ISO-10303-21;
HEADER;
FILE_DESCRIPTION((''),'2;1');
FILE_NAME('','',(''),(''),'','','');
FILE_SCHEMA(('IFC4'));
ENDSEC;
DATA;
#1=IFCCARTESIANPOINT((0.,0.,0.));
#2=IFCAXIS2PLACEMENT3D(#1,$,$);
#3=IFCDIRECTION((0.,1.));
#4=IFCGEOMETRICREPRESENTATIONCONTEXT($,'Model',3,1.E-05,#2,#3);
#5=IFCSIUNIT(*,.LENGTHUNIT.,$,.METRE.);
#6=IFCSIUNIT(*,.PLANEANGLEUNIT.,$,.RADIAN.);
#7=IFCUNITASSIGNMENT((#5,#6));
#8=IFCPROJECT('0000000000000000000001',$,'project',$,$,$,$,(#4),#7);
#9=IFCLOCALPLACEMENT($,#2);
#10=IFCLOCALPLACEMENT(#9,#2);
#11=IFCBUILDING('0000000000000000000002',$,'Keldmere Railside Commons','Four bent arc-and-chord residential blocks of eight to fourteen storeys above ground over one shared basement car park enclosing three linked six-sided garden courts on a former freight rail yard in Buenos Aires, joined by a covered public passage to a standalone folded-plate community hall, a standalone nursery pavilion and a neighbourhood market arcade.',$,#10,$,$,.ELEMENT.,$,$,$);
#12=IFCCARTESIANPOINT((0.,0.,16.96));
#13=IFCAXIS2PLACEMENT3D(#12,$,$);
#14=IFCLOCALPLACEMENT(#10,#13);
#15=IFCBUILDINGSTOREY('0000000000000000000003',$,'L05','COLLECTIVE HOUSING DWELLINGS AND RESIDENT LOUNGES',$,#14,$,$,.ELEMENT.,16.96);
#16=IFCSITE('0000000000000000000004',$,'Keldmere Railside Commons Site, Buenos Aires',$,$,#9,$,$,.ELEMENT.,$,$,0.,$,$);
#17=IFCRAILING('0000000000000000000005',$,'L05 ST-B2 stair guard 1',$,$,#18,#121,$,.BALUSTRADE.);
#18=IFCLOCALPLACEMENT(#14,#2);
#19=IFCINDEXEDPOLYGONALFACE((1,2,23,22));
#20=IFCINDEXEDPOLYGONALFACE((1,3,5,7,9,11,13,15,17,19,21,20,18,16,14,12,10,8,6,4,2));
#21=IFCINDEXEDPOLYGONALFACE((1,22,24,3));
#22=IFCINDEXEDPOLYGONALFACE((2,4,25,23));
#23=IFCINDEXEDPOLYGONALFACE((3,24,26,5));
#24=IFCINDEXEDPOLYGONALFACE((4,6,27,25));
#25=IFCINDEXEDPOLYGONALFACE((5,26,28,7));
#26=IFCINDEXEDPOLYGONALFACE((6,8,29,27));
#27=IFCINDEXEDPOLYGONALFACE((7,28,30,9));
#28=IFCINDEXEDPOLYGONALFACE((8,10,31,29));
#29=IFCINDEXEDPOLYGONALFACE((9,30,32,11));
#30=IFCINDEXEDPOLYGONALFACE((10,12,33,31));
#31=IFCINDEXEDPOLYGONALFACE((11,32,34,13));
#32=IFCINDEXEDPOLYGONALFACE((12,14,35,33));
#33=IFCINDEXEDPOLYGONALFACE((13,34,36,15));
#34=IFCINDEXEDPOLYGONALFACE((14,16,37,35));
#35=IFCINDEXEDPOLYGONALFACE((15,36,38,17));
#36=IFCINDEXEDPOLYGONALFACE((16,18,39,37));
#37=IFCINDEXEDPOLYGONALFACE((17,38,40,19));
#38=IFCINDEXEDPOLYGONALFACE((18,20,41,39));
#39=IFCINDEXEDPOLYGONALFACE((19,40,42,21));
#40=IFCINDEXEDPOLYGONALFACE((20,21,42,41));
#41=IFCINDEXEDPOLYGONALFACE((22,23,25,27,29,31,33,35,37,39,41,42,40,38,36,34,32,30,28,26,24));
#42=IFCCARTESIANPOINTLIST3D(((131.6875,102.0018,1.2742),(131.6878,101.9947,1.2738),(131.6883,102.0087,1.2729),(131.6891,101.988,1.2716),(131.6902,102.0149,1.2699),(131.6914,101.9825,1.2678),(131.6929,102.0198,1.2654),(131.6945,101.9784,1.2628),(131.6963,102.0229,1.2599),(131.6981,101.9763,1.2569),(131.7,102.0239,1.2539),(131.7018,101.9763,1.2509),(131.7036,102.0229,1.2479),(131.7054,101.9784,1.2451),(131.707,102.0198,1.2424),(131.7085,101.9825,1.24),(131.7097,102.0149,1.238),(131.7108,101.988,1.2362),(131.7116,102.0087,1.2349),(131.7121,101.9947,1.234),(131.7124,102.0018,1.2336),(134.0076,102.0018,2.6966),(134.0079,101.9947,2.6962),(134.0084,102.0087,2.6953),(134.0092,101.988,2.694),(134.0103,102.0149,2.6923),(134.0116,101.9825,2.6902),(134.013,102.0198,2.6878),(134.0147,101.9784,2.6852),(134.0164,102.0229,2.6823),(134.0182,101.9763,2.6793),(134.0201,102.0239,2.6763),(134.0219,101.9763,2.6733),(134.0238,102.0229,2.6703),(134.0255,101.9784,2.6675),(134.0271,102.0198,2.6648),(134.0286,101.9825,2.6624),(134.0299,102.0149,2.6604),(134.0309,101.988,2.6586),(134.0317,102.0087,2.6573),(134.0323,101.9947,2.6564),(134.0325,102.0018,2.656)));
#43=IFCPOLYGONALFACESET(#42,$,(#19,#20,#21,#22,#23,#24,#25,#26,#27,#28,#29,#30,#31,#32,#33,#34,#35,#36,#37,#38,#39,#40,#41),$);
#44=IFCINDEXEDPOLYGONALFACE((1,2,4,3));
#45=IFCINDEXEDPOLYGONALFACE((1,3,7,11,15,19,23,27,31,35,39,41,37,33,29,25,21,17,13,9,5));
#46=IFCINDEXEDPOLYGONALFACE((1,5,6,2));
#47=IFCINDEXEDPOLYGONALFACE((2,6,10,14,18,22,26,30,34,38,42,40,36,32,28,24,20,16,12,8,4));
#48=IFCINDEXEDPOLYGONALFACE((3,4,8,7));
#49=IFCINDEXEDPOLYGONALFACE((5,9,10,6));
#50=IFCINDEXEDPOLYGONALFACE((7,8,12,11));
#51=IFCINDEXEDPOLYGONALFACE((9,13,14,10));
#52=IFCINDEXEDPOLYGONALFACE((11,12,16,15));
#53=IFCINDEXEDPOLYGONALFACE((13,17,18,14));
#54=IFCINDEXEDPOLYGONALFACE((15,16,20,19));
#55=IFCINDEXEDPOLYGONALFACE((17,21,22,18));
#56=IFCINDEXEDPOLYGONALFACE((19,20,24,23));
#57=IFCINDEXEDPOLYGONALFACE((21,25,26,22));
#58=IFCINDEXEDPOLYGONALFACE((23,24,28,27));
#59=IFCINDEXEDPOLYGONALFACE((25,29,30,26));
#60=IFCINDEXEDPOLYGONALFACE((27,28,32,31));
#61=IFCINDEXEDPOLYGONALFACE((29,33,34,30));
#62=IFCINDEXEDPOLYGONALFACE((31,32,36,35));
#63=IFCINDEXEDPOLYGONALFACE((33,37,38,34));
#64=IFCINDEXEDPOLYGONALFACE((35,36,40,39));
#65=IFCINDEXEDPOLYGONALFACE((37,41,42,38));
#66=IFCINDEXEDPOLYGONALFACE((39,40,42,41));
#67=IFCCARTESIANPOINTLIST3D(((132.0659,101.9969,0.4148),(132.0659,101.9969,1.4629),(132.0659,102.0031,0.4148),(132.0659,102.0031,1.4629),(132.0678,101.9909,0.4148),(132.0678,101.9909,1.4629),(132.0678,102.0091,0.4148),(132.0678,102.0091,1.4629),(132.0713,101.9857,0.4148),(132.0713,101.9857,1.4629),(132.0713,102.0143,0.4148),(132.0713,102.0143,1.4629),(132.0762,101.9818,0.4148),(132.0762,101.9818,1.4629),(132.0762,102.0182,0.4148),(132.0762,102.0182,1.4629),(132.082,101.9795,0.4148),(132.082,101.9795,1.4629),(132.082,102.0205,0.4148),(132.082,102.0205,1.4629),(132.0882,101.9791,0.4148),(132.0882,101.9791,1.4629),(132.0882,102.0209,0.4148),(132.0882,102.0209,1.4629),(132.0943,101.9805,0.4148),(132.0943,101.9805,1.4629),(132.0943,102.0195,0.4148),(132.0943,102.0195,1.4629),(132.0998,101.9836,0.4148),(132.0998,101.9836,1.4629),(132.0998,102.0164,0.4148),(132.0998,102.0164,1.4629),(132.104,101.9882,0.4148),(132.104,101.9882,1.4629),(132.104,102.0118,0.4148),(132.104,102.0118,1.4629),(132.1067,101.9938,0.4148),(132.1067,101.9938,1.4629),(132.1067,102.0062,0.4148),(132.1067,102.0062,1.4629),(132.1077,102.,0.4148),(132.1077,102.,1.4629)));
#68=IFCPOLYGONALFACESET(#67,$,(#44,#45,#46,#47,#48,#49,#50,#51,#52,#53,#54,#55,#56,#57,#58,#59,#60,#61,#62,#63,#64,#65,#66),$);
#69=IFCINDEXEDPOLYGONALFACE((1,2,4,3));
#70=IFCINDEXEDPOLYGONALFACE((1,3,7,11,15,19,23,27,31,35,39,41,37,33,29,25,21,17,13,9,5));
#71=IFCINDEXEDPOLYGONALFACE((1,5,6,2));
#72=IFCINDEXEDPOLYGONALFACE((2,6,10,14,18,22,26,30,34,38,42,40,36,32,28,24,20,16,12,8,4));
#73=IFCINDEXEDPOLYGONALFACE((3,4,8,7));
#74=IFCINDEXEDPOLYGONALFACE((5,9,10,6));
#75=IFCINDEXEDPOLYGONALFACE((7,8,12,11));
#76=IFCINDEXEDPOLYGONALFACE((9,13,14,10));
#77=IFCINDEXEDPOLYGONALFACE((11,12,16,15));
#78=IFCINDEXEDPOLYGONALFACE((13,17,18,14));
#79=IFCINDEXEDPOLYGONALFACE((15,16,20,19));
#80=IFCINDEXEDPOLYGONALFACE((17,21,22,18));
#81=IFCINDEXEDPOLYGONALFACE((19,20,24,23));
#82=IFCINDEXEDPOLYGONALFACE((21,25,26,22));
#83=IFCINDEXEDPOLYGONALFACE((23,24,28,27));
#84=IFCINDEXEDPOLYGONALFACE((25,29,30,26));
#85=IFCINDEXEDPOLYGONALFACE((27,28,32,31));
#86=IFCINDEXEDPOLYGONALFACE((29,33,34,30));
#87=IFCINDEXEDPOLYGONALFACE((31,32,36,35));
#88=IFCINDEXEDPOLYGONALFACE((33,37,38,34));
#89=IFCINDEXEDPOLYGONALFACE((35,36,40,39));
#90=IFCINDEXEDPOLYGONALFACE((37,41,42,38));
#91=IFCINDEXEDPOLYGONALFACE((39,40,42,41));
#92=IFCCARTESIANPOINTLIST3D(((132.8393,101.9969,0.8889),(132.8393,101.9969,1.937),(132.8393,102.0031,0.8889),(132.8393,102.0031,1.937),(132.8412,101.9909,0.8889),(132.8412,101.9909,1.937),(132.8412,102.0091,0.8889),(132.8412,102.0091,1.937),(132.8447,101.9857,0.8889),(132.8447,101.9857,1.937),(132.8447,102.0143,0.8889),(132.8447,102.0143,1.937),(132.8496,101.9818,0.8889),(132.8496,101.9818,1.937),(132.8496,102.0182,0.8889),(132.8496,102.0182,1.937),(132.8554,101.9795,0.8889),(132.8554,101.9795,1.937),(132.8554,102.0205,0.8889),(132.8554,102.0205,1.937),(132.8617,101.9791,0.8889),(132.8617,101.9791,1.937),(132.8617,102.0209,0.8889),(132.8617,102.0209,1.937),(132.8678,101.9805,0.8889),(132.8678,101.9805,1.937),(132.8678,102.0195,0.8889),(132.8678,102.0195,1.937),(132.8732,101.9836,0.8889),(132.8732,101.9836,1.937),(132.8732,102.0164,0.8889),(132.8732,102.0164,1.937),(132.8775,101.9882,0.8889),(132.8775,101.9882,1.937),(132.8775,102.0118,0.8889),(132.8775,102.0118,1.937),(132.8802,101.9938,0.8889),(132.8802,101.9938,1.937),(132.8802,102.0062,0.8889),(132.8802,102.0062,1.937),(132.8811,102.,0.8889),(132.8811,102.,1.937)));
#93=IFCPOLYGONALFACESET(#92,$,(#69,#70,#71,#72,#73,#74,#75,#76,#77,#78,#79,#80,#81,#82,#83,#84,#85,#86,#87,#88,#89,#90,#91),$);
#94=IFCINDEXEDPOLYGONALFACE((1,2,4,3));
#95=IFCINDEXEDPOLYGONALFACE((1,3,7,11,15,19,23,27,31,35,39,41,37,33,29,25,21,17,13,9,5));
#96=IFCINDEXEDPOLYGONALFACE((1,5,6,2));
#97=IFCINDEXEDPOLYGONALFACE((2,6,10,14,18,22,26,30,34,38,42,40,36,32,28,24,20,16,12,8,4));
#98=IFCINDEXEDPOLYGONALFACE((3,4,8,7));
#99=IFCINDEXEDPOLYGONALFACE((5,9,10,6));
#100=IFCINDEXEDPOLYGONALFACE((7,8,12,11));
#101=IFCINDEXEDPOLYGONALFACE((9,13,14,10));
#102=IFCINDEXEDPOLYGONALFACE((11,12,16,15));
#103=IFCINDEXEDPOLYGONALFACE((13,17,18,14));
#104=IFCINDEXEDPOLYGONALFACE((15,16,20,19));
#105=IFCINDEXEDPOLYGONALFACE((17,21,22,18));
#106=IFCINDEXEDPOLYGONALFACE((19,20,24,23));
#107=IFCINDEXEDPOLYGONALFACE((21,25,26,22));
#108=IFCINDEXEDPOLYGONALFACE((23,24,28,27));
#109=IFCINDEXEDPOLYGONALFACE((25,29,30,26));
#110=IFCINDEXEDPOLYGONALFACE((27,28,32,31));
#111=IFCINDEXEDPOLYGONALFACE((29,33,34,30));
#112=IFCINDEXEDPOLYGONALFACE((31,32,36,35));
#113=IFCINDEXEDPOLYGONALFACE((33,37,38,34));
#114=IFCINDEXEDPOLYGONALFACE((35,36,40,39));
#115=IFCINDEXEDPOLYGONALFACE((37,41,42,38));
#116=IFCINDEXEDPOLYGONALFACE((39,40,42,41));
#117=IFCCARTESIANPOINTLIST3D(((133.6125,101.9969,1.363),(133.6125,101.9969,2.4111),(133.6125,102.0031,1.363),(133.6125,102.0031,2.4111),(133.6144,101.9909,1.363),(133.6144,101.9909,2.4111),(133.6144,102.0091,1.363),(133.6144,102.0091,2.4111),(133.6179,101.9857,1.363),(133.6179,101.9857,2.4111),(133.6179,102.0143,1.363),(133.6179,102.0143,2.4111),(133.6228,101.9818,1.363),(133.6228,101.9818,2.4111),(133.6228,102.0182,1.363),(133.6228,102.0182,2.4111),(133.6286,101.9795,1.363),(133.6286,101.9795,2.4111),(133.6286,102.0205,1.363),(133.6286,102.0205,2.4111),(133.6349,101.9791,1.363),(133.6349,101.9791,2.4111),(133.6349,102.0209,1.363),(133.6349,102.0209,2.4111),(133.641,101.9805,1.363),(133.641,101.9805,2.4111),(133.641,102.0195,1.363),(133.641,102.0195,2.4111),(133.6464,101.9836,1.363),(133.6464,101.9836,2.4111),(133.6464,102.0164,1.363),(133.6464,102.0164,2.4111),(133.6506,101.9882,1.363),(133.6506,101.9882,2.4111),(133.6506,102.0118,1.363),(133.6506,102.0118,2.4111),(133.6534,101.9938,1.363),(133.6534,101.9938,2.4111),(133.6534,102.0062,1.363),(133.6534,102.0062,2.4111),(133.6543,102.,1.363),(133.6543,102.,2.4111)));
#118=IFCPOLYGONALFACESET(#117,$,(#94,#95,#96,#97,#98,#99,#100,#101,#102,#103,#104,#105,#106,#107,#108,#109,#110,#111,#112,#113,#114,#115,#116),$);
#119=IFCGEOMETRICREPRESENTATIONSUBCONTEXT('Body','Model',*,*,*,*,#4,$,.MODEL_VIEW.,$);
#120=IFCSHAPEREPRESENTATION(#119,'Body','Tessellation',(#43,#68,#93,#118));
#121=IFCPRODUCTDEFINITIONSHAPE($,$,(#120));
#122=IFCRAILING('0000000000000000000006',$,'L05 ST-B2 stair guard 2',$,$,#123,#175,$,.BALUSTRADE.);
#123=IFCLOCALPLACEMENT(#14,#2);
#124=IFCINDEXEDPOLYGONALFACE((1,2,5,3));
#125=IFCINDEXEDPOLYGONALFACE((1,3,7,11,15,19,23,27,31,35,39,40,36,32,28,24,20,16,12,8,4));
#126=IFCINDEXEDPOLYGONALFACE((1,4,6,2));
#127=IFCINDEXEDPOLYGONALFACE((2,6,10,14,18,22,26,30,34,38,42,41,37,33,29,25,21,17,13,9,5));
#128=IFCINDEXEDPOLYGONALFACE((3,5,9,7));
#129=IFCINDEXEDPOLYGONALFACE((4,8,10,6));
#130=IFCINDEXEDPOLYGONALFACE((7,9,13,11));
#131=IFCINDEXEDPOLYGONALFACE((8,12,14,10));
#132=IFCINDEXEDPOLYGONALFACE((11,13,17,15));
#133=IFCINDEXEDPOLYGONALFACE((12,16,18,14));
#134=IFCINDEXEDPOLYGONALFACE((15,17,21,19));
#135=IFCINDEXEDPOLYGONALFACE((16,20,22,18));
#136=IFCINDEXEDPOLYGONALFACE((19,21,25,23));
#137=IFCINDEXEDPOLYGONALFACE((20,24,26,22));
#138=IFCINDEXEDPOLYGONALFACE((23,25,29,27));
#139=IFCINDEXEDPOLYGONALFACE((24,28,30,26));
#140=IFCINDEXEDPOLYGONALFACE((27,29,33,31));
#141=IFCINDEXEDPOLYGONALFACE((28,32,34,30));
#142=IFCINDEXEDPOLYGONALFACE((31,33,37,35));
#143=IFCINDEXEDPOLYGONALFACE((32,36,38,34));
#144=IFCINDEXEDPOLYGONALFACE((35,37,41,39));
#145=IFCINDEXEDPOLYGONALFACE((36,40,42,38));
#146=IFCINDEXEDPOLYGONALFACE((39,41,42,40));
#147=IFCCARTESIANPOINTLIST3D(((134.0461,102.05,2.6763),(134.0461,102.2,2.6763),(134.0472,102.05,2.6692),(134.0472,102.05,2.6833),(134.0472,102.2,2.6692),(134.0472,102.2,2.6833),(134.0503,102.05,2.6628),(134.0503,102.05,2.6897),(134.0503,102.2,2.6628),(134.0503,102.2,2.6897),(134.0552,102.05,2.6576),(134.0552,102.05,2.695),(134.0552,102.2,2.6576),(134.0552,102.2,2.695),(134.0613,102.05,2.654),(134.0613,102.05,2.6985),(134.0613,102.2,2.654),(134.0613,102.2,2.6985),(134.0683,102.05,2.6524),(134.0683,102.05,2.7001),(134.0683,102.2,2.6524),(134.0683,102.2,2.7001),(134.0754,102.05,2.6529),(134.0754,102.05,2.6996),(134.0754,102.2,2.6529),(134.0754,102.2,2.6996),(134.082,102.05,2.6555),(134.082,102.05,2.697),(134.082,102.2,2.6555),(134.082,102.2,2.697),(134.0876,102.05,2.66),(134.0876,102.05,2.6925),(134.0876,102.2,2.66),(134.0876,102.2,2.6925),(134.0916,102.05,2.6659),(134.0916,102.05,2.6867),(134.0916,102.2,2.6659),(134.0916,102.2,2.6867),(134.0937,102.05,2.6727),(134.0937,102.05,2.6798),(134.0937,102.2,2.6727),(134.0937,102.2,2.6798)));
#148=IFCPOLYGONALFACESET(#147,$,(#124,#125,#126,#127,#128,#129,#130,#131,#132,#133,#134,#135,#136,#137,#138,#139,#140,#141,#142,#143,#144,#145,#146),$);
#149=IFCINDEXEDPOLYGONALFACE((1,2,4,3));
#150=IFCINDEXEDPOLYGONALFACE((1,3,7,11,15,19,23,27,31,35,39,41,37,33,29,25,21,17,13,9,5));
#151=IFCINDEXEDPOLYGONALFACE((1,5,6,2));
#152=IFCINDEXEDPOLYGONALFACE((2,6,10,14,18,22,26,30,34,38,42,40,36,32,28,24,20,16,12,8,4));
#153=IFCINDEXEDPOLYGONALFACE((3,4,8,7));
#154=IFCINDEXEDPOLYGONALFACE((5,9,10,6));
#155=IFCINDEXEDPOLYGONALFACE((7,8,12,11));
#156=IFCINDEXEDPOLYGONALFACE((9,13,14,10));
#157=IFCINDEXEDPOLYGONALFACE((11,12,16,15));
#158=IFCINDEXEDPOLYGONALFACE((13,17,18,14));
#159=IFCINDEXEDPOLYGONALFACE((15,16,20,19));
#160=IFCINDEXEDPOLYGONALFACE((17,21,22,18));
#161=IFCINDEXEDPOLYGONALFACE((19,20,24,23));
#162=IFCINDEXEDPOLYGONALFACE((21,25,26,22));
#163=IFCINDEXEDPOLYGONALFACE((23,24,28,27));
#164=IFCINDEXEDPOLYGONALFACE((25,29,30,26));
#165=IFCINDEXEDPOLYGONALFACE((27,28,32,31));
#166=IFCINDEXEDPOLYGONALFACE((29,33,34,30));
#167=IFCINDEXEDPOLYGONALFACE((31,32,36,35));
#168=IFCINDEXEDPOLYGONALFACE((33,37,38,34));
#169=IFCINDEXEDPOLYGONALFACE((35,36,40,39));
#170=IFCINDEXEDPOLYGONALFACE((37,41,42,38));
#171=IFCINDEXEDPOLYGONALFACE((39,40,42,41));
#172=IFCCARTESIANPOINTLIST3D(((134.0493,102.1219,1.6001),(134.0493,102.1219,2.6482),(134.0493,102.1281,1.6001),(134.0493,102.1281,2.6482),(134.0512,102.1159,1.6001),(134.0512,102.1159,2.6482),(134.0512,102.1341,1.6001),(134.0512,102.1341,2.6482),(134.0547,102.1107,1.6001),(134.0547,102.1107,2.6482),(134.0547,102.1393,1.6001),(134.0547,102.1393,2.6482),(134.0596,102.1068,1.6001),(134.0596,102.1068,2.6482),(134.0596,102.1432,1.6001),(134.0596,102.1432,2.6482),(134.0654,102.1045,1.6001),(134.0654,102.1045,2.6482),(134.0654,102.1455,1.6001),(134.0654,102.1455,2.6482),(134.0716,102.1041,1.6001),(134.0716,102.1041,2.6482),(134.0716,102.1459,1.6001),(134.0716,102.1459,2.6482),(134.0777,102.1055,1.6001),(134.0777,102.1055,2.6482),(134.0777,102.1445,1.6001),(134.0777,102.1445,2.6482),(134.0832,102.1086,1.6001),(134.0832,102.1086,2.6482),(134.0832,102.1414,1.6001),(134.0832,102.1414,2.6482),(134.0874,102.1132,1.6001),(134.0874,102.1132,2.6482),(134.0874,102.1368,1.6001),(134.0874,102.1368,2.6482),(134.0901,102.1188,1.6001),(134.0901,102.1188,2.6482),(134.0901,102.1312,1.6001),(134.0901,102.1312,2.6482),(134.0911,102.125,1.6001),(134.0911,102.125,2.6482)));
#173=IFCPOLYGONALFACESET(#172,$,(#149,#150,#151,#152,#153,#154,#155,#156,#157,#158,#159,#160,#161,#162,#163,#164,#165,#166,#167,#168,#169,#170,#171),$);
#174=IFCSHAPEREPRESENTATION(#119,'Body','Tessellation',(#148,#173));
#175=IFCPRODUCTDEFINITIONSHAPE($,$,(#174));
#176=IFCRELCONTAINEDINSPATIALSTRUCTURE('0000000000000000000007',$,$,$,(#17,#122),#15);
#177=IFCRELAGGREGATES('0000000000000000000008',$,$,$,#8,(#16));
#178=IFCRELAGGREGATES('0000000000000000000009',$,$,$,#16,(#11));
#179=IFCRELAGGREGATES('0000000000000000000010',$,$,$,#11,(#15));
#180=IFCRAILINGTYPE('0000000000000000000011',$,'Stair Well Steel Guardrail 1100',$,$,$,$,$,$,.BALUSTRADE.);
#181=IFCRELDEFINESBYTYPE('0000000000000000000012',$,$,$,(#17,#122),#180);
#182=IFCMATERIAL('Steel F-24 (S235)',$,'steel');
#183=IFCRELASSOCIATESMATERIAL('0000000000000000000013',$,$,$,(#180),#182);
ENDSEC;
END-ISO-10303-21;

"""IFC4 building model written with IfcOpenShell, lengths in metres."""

from ifc_helpers import new_model, si_unit, direction, frame, origin, origin_2d, place, context, subcontext, project, spatial, circle, extrude, material, type_object, element, save


model = new_model("IFC4")

# Units and contexts
model_context = context("Model", 3, precision=1e-05, world=origin(), true_north=direction((0.0, 1.0)))
body_context = subcontext(model_context, "Body", "Model", "MODEL_VIEW")
ifc_project = project(units=[si_unit("LENGTHUNIT", "METRE"), si_unit("PLANEANGLEUNIT", "RADIAN")], contexts=[model_context])

# Site, building, storey
site_placement = place(None, origin())
site = spatial("IfcSite", under=ifc_project, at=site_placement, Name="Keldmere Railside Commons Site, Buenos Aires", CompositionType="ELEMENT", RefElevation=0.0)
building_placement = place(site_placement, origin())
building = spatial("IfcBuilding", under=site, at=building_placement, Name="Keldmere Railside Commons", Description="Four bent arc-and-chord residential blocks of eight to fourteen storeys above ground over one shared basement car park enclosing three linked six-sided garden courts on a former freight rail yard in Buenos Aires, joined by a covered public passage to a standalone folded-plate community hall, a standalone nursery pavilion and a neighbourhood market arcade.", CompositionType="ELEMENT")
storey_placement = place(building_placement, frame((0.0, 0.0, 16.96)))
storey = spatial("IfcBuildingStorey", under=building, at=storey_placement, Name="L05", Description="COLLECTIVE HOUSING DWELLINGS AND RESIDENT LOUNGES", CompositionType="ELEMENT", Elevation=16.96)

# Railings
ifc_material_1 = material(Name="Steel F-24 (S235)", Category="steel")
railing_type_1 = type_object("IfcRailingType", Name="Stair Well Steel Guardrail 1100", PredefinedType="BALUSTRADE", material=ifc_material_1)
railing_1_placement = place(storey_placement, frame((131.7, 102.0, 0.1777)))
element("IfcRailing", 1, at=railing_1_placement, inside=storey, type_object=railing_type_1, Name="L05 ST-B2 stair guard 1", PredefinedType="BALUSTRADE", context=body_context, shape_type="SweptSolid", body=[
    extrude(circle(Radius=0.0239, at=origin_2d()), frame((0.0, 0.0, 1.0762), z_axis=(0.852538, 0.0, 0.522665), x_axis=(0.0, 1.0, 0.0)), (0.0, 0.0, 1.0), 2.7214),
    extrude(circle(Radius=0.021, at=origin_2d()), frame((0.3867, 0.0, 0.2371)), (0.0, 0.0, 1.0), 1.0481),
    extrude(circle(Radius=0.021, at=origin_2d()), frame((1.1602, 0.0, 0.7112)), (0.0, 0.0, 1.0), 1.0481),
    extrude(circle(Radius=0.021, at=origin_2d()), frame((1.9333, 0.0, 1.1853)), (0.0, 0.0, 1.0), 1.0481),
])
railing_2_placement = place(storey_placement, frame((134.0701, 102.05, 1.6001)))
element("IfcRailing", 2, at=railing_2_placement, inside=storey, type_object=railing_type_1, Name="L05 ST-B2 stair guard 2", PredefinedType="BALUSTRADE", context=body_context, shape_type="SweptSolid", body=[
    extrude(circle(Radius=0.0239, at=origin_2d()), frame((0.0, 0.0, 1.0762), z_axis=(0.0, 1.0, 0.0), x_axis=(-1.0, 0.0, 0.0)), (0.0, 0.0, 1.0), 0.1499),
    extrude(circle(Radius=0.021, at=origin_2d()), frame((0.0, 0.075, 0.0)), (0.0, 0.0, 1.0), 1.0481),
])

save(model, "model.ifc")
